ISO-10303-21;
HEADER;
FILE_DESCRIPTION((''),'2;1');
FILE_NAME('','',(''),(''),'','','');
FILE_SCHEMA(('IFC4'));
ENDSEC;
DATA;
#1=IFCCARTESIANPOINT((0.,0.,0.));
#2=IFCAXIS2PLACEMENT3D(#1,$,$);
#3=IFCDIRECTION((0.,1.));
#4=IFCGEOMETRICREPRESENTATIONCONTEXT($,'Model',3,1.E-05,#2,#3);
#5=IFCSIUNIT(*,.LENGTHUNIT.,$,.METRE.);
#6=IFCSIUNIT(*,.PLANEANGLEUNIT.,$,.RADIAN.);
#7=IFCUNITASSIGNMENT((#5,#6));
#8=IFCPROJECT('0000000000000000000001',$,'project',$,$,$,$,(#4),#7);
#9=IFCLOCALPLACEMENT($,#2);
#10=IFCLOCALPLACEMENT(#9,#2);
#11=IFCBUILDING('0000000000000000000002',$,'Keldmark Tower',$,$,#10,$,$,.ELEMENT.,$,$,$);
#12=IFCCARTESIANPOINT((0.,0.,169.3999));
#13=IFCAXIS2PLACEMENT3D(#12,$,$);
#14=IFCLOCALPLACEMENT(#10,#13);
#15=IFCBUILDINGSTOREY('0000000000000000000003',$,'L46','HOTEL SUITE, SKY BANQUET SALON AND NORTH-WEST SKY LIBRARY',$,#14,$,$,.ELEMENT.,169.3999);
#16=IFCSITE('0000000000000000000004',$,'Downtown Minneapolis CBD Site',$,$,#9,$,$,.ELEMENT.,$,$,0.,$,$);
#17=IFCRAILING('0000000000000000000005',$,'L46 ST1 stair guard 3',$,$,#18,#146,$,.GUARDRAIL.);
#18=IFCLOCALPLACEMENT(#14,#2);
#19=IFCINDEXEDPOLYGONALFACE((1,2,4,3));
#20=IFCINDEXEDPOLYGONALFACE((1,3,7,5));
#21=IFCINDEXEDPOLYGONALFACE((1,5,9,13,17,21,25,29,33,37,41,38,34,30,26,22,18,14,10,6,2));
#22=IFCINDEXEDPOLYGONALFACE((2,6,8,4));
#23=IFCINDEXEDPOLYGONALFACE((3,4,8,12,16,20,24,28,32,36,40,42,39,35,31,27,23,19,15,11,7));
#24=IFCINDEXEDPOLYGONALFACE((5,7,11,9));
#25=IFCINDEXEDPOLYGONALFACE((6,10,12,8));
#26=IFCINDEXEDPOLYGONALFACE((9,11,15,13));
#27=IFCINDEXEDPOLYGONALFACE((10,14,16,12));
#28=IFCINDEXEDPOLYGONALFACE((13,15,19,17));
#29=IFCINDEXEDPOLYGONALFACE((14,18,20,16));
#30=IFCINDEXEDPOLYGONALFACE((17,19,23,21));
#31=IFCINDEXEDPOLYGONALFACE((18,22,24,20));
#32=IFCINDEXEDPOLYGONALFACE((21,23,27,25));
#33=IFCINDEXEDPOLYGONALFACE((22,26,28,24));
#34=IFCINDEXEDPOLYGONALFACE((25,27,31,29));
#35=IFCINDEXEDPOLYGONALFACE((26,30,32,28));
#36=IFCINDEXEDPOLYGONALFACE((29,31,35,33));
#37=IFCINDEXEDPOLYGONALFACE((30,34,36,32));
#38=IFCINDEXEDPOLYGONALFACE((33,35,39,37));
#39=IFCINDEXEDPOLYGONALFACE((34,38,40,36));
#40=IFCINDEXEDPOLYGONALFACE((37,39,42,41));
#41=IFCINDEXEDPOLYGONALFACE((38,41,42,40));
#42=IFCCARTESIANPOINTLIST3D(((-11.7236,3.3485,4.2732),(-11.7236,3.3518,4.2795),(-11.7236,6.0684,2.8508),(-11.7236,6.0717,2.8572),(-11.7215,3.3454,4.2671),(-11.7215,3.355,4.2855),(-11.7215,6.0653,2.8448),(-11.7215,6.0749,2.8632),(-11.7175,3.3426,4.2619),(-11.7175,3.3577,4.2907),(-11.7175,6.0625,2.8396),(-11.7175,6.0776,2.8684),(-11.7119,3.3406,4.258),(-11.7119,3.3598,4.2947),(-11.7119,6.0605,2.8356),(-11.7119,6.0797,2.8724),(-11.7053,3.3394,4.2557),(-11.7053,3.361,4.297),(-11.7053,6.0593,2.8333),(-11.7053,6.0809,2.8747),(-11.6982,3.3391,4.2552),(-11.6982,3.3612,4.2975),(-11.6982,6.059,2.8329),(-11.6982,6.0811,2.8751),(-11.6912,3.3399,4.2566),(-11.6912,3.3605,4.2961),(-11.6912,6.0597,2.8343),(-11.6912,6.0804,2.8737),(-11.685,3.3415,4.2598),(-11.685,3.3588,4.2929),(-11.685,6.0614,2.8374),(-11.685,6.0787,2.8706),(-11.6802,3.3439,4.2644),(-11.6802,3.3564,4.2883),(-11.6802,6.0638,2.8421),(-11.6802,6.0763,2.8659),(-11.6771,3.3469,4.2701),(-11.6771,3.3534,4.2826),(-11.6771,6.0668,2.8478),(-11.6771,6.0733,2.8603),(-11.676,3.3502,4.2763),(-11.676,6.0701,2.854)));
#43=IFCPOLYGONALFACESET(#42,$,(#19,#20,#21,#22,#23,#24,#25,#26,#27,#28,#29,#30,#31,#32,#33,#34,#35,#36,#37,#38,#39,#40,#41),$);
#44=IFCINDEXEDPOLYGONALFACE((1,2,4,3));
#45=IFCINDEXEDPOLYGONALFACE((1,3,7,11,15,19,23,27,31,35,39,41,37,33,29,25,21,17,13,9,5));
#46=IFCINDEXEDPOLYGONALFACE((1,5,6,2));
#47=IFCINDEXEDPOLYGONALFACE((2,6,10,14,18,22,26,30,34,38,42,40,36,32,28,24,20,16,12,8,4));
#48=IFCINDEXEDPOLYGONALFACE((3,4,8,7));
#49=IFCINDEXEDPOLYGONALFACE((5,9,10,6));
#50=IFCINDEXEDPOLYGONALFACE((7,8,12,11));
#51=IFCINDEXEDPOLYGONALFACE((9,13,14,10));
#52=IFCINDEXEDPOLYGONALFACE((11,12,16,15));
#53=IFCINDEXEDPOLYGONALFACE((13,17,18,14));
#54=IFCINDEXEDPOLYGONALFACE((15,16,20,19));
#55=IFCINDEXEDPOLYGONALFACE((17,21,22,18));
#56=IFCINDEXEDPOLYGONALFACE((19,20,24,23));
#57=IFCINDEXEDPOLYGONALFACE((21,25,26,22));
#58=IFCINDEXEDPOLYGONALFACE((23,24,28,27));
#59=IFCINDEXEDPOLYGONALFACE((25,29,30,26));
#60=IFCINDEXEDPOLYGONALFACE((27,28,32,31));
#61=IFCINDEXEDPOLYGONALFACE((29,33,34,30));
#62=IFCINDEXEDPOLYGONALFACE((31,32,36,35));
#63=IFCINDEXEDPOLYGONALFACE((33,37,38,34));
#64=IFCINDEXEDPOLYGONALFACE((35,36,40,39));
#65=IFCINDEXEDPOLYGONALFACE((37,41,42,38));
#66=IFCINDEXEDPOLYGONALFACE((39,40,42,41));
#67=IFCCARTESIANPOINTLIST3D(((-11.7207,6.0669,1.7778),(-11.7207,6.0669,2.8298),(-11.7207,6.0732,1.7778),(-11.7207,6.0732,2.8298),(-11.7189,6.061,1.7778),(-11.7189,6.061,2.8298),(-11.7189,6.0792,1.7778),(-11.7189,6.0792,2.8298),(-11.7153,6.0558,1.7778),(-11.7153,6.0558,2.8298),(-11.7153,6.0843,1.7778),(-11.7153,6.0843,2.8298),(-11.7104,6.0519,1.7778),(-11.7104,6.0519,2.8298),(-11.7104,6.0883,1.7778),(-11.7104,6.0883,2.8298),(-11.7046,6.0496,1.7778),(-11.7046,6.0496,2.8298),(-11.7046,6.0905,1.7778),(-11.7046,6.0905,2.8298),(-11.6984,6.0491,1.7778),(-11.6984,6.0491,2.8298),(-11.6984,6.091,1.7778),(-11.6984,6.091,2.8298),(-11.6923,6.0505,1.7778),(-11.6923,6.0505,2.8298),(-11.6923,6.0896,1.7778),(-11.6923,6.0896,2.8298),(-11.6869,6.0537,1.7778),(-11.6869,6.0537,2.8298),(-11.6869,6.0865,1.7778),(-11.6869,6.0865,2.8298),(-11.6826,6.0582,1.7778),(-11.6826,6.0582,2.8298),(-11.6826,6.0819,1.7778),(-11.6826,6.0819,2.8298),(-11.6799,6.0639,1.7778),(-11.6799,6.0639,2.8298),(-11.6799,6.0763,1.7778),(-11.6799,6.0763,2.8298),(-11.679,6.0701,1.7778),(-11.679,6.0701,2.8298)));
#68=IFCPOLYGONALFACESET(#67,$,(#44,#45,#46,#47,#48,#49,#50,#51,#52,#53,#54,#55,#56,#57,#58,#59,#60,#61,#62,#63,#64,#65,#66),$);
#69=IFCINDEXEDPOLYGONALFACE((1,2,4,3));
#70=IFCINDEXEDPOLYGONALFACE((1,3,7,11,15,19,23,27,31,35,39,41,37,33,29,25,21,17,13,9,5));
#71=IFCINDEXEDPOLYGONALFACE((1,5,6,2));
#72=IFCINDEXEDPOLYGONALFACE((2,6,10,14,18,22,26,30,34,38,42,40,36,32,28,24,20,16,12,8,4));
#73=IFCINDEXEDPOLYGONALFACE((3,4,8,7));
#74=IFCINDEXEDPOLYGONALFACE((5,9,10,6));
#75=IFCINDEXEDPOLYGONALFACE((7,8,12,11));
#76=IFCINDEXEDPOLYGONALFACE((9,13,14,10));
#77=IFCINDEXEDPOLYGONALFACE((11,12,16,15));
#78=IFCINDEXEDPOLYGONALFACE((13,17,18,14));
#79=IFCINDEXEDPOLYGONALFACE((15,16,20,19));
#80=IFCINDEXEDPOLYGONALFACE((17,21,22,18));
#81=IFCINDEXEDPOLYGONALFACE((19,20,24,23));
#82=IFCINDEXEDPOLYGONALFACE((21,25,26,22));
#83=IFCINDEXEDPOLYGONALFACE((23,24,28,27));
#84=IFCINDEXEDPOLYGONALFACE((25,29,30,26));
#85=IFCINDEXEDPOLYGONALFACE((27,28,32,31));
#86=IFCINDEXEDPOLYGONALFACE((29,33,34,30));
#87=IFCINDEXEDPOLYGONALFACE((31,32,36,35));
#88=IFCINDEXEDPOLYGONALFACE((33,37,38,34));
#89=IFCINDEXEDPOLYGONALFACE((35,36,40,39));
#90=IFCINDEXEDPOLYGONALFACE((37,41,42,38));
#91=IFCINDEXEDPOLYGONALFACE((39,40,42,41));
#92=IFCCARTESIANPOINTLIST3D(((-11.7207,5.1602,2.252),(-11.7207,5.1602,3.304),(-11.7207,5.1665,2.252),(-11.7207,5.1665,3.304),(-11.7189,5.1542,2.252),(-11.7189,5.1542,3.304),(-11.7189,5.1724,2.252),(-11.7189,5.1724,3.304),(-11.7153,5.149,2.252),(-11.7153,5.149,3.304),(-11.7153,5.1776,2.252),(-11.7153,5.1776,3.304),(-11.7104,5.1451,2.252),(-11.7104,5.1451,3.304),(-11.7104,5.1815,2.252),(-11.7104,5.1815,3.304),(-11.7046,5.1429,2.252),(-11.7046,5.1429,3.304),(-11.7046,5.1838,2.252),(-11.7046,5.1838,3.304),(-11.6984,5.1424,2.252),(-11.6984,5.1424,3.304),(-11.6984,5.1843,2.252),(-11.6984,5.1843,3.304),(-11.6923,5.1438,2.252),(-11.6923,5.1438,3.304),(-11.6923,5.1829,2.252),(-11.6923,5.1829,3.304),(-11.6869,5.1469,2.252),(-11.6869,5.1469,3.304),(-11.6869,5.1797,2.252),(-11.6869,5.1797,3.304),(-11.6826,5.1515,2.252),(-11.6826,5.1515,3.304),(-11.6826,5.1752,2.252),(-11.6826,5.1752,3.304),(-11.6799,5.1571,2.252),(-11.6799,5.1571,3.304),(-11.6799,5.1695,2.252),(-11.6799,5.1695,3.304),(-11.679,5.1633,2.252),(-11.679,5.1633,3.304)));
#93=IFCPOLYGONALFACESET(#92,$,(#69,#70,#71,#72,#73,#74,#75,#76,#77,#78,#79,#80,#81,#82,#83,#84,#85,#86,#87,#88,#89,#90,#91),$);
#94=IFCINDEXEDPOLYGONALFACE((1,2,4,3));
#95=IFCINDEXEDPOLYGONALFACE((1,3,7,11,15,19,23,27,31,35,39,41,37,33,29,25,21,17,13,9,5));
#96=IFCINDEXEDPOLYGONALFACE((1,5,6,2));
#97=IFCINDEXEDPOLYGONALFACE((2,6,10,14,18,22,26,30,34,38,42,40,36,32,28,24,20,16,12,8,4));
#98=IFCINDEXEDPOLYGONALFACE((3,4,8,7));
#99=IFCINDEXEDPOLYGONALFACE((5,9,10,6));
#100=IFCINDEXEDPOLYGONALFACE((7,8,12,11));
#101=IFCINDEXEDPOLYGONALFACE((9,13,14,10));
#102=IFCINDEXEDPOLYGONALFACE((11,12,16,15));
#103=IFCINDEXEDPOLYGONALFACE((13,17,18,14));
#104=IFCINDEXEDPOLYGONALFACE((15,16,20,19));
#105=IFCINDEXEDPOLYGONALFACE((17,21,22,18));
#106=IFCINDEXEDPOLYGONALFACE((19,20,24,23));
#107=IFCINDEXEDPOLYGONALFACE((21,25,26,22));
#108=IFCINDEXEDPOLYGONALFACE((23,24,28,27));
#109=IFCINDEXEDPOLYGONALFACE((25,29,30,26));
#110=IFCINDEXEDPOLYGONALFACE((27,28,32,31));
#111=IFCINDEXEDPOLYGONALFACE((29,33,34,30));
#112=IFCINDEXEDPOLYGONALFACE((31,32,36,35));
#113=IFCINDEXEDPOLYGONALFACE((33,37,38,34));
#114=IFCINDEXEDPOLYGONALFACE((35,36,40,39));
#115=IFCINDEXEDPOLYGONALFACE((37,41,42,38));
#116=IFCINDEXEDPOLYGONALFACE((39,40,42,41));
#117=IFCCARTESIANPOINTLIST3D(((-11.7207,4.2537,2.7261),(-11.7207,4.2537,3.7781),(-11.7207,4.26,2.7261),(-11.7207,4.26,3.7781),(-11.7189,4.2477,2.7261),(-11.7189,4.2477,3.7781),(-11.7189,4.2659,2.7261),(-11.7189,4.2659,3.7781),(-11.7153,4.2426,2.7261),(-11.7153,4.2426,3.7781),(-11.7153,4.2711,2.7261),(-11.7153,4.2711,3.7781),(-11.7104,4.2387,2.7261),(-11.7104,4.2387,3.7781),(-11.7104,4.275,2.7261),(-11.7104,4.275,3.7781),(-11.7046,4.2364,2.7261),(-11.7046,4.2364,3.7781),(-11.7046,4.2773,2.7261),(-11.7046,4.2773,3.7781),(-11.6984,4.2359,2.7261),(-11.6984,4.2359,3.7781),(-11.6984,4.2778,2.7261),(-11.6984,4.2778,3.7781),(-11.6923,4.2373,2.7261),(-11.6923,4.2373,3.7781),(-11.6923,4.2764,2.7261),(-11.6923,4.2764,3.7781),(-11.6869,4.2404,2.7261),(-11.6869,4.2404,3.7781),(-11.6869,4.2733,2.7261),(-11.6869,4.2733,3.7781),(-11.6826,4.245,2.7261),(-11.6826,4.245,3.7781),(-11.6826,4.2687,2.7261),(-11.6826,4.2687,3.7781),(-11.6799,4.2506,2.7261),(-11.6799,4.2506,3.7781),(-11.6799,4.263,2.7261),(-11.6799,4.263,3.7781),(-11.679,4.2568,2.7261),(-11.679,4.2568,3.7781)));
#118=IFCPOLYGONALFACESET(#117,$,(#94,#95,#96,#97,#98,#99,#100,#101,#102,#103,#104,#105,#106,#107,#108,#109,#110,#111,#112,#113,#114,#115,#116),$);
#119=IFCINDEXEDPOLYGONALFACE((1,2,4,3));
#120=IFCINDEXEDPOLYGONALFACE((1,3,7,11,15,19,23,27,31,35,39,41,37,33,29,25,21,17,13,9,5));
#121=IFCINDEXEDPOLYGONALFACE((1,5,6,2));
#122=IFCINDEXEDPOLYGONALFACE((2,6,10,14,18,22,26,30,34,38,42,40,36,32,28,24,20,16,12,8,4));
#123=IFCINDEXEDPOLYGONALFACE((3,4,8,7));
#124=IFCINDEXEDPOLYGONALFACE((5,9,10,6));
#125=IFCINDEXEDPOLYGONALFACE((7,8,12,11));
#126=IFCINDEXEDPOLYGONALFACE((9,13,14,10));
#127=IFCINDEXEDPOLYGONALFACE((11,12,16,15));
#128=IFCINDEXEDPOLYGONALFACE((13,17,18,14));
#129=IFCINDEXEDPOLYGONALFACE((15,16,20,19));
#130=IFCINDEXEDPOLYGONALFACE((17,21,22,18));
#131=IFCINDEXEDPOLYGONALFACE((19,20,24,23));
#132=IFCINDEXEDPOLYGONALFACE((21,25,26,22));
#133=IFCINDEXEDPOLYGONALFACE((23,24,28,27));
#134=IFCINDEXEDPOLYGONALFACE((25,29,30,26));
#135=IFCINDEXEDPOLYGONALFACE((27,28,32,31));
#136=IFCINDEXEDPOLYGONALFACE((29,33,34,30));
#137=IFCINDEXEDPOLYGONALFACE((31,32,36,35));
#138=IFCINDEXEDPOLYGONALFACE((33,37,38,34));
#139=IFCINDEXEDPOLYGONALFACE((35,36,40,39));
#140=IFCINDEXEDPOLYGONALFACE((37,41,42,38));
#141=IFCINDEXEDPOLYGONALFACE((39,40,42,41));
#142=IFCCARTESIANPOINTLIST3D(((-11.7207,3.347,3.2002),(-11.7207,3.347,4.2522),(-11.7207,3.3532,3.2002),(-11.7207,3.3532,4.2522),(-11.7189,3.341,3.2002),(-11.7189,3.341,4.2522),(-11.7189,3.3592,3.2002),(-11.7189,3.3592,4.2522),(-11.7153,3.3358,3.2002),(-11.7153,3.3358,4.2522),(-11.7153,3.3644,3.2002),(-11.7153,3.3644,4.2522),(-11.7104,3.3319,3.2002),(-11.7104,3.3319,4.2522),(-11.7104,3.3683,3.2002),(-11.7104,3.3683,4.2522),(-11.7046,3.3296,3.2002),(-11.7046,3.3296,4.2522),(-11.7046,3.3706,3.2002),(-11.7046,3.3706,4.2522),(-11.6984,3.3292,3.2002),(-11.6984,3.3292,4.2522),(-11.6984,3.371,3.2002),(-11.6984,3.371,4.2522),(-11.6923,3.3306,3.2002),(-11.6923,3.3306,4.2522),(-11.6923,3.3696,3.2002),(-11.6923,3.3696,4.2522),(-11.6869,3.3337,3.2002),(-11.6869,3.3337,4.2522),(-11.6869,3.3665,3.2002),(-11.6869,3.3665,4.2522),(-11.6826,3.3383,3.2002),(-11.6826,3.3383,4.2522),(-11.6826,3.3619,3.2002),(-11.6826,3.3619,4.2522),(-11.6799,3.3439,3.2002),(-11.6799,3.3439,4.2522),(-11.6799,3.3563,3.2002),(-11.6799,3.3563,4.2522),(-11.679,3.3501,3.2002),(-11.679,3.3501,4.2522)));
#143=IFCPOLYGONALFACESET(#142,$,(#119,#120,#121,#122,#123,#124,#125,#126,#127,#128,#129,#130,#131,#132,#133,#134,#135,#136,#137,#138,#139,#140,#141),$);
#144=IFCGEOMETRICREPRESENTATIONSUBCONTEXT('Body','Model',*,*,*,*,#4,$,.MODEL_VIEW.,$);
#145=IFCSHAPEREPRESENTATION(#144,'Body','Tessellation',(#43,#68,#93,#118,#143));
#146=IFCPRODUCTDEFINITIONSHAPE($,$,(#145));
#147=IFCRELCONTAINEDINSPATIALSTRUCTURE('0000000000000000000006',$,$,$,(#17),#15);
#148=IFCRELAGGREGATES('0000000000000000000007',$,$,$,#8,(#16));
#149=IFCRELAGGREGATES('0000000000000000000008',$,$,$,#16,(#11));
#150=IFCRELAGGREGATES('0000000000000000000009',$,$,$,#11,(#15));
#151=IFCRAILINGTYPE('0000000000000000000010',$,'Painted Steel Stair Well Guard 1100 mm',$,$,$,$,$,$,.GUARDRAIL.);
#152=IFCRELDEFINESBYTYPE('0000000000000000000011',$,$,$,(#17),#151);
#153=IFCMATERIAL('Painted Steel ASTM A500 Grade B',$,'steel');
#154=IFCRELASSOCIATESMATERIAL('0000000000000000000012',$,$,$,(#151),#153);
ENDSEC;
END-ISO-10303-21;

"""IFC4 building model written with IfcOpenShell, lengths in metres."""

from ifc_helpers import new_model, si_unit, direction, frame, origin, origin_2d, place, context, subcontext, project, spatial, circle, extrude, material, type_object, element, save


model = new_model("IFC4")

# Units and contexts
model_context = context("Model", 3, precision=1e-05, world=origin(), true_north=direction((0.0, 1.0)))
body_context = subcontext(model_context, "Body", "Model", "MODEL_VIEW")
ifc_project = project(units=[si_unit("LENGTHUNIT", "METRE"), si_unit("PLANEANGLEUNIT", "RADIAN")], contexts=[model_context])

# Site, building, storey
site_placement = place(None, origin())
site = spatial("IfcSite", under=ifc_project, at=site_placement, Name="Downtown Minneapolis CBD Site", CompositionType="ELEMENT", RefElevation=0.0)
building_placement = place(site_placement, origin())
building = spatial("IfcBuilding", under=site, at=building_placement, Name="Keldmark Tower", CompositionType="ELEMENT")
storey_placement = place(building_placement, frame((0.0, 0.0, 169.3999)))
storey = spatial("IfcBuildingStorey", under=building, at=storey_placement, Name="L46", Description="HOTEL SUITE, SKY BANQUET SALON AND NORTH-WEST SKY LIBRARY", CompositionType="ELEMENT", Elevation=169.3999)

# Railing
ifc_material_1 = material(Name="Painted Steel ASTM A500 Grade B", Category="steel")
railing_type_1 = type_object("IfcRailingType", Name="Painted Steel Stair Well Guard 1100 mm", PredefinedType="GUARDRAIL", material=ifc_material_1)
railing_1_placement = place(storey_placement, frame((-11.7, 6.0701, 1.7778)))
element("IfcRailing", 1, at=railing_1_placement, inside=storey, type_object=railing_type_1, Name="L46 ST1 stair guard 3", PredefinedType="GUARDRAIL", context=body_context, shape_type="SweptSolid", body=[
    extrude(circle(Radius=0.0239, at=origin_2d()), frame((0.0, 0.0, 1.0762), z_axis=(0.0, -0.88615, 0.463398), x_axis=(1.0, 0.0, 0.0)), (0.0, 0.0, 1.0), 3.0693),
    extrude(circle(Radius=0.021, at=origin_2d()), origin(), (0.0, 0.0, 1.0), 1.052),
    extrude(circle(Radius=0.021, at=origin_2d()), frame((0.0, -0.9067, 0.4741)), (0.0, 0.0, 1.0), 1.052),
    extrude(circle(Radius=0.021, at=origin_2d()), frame((0.0, -1.8132, 0.9482)), (0.0, 0.0, 1.0), 1.052),
    extrude(circle(Radius=0.021, at=origin_2d()), frame((0.0, -2.72, 1.4224)), (0.0, 0.0, 1.0), 1.052),
])

save(model, "model.ifc")
